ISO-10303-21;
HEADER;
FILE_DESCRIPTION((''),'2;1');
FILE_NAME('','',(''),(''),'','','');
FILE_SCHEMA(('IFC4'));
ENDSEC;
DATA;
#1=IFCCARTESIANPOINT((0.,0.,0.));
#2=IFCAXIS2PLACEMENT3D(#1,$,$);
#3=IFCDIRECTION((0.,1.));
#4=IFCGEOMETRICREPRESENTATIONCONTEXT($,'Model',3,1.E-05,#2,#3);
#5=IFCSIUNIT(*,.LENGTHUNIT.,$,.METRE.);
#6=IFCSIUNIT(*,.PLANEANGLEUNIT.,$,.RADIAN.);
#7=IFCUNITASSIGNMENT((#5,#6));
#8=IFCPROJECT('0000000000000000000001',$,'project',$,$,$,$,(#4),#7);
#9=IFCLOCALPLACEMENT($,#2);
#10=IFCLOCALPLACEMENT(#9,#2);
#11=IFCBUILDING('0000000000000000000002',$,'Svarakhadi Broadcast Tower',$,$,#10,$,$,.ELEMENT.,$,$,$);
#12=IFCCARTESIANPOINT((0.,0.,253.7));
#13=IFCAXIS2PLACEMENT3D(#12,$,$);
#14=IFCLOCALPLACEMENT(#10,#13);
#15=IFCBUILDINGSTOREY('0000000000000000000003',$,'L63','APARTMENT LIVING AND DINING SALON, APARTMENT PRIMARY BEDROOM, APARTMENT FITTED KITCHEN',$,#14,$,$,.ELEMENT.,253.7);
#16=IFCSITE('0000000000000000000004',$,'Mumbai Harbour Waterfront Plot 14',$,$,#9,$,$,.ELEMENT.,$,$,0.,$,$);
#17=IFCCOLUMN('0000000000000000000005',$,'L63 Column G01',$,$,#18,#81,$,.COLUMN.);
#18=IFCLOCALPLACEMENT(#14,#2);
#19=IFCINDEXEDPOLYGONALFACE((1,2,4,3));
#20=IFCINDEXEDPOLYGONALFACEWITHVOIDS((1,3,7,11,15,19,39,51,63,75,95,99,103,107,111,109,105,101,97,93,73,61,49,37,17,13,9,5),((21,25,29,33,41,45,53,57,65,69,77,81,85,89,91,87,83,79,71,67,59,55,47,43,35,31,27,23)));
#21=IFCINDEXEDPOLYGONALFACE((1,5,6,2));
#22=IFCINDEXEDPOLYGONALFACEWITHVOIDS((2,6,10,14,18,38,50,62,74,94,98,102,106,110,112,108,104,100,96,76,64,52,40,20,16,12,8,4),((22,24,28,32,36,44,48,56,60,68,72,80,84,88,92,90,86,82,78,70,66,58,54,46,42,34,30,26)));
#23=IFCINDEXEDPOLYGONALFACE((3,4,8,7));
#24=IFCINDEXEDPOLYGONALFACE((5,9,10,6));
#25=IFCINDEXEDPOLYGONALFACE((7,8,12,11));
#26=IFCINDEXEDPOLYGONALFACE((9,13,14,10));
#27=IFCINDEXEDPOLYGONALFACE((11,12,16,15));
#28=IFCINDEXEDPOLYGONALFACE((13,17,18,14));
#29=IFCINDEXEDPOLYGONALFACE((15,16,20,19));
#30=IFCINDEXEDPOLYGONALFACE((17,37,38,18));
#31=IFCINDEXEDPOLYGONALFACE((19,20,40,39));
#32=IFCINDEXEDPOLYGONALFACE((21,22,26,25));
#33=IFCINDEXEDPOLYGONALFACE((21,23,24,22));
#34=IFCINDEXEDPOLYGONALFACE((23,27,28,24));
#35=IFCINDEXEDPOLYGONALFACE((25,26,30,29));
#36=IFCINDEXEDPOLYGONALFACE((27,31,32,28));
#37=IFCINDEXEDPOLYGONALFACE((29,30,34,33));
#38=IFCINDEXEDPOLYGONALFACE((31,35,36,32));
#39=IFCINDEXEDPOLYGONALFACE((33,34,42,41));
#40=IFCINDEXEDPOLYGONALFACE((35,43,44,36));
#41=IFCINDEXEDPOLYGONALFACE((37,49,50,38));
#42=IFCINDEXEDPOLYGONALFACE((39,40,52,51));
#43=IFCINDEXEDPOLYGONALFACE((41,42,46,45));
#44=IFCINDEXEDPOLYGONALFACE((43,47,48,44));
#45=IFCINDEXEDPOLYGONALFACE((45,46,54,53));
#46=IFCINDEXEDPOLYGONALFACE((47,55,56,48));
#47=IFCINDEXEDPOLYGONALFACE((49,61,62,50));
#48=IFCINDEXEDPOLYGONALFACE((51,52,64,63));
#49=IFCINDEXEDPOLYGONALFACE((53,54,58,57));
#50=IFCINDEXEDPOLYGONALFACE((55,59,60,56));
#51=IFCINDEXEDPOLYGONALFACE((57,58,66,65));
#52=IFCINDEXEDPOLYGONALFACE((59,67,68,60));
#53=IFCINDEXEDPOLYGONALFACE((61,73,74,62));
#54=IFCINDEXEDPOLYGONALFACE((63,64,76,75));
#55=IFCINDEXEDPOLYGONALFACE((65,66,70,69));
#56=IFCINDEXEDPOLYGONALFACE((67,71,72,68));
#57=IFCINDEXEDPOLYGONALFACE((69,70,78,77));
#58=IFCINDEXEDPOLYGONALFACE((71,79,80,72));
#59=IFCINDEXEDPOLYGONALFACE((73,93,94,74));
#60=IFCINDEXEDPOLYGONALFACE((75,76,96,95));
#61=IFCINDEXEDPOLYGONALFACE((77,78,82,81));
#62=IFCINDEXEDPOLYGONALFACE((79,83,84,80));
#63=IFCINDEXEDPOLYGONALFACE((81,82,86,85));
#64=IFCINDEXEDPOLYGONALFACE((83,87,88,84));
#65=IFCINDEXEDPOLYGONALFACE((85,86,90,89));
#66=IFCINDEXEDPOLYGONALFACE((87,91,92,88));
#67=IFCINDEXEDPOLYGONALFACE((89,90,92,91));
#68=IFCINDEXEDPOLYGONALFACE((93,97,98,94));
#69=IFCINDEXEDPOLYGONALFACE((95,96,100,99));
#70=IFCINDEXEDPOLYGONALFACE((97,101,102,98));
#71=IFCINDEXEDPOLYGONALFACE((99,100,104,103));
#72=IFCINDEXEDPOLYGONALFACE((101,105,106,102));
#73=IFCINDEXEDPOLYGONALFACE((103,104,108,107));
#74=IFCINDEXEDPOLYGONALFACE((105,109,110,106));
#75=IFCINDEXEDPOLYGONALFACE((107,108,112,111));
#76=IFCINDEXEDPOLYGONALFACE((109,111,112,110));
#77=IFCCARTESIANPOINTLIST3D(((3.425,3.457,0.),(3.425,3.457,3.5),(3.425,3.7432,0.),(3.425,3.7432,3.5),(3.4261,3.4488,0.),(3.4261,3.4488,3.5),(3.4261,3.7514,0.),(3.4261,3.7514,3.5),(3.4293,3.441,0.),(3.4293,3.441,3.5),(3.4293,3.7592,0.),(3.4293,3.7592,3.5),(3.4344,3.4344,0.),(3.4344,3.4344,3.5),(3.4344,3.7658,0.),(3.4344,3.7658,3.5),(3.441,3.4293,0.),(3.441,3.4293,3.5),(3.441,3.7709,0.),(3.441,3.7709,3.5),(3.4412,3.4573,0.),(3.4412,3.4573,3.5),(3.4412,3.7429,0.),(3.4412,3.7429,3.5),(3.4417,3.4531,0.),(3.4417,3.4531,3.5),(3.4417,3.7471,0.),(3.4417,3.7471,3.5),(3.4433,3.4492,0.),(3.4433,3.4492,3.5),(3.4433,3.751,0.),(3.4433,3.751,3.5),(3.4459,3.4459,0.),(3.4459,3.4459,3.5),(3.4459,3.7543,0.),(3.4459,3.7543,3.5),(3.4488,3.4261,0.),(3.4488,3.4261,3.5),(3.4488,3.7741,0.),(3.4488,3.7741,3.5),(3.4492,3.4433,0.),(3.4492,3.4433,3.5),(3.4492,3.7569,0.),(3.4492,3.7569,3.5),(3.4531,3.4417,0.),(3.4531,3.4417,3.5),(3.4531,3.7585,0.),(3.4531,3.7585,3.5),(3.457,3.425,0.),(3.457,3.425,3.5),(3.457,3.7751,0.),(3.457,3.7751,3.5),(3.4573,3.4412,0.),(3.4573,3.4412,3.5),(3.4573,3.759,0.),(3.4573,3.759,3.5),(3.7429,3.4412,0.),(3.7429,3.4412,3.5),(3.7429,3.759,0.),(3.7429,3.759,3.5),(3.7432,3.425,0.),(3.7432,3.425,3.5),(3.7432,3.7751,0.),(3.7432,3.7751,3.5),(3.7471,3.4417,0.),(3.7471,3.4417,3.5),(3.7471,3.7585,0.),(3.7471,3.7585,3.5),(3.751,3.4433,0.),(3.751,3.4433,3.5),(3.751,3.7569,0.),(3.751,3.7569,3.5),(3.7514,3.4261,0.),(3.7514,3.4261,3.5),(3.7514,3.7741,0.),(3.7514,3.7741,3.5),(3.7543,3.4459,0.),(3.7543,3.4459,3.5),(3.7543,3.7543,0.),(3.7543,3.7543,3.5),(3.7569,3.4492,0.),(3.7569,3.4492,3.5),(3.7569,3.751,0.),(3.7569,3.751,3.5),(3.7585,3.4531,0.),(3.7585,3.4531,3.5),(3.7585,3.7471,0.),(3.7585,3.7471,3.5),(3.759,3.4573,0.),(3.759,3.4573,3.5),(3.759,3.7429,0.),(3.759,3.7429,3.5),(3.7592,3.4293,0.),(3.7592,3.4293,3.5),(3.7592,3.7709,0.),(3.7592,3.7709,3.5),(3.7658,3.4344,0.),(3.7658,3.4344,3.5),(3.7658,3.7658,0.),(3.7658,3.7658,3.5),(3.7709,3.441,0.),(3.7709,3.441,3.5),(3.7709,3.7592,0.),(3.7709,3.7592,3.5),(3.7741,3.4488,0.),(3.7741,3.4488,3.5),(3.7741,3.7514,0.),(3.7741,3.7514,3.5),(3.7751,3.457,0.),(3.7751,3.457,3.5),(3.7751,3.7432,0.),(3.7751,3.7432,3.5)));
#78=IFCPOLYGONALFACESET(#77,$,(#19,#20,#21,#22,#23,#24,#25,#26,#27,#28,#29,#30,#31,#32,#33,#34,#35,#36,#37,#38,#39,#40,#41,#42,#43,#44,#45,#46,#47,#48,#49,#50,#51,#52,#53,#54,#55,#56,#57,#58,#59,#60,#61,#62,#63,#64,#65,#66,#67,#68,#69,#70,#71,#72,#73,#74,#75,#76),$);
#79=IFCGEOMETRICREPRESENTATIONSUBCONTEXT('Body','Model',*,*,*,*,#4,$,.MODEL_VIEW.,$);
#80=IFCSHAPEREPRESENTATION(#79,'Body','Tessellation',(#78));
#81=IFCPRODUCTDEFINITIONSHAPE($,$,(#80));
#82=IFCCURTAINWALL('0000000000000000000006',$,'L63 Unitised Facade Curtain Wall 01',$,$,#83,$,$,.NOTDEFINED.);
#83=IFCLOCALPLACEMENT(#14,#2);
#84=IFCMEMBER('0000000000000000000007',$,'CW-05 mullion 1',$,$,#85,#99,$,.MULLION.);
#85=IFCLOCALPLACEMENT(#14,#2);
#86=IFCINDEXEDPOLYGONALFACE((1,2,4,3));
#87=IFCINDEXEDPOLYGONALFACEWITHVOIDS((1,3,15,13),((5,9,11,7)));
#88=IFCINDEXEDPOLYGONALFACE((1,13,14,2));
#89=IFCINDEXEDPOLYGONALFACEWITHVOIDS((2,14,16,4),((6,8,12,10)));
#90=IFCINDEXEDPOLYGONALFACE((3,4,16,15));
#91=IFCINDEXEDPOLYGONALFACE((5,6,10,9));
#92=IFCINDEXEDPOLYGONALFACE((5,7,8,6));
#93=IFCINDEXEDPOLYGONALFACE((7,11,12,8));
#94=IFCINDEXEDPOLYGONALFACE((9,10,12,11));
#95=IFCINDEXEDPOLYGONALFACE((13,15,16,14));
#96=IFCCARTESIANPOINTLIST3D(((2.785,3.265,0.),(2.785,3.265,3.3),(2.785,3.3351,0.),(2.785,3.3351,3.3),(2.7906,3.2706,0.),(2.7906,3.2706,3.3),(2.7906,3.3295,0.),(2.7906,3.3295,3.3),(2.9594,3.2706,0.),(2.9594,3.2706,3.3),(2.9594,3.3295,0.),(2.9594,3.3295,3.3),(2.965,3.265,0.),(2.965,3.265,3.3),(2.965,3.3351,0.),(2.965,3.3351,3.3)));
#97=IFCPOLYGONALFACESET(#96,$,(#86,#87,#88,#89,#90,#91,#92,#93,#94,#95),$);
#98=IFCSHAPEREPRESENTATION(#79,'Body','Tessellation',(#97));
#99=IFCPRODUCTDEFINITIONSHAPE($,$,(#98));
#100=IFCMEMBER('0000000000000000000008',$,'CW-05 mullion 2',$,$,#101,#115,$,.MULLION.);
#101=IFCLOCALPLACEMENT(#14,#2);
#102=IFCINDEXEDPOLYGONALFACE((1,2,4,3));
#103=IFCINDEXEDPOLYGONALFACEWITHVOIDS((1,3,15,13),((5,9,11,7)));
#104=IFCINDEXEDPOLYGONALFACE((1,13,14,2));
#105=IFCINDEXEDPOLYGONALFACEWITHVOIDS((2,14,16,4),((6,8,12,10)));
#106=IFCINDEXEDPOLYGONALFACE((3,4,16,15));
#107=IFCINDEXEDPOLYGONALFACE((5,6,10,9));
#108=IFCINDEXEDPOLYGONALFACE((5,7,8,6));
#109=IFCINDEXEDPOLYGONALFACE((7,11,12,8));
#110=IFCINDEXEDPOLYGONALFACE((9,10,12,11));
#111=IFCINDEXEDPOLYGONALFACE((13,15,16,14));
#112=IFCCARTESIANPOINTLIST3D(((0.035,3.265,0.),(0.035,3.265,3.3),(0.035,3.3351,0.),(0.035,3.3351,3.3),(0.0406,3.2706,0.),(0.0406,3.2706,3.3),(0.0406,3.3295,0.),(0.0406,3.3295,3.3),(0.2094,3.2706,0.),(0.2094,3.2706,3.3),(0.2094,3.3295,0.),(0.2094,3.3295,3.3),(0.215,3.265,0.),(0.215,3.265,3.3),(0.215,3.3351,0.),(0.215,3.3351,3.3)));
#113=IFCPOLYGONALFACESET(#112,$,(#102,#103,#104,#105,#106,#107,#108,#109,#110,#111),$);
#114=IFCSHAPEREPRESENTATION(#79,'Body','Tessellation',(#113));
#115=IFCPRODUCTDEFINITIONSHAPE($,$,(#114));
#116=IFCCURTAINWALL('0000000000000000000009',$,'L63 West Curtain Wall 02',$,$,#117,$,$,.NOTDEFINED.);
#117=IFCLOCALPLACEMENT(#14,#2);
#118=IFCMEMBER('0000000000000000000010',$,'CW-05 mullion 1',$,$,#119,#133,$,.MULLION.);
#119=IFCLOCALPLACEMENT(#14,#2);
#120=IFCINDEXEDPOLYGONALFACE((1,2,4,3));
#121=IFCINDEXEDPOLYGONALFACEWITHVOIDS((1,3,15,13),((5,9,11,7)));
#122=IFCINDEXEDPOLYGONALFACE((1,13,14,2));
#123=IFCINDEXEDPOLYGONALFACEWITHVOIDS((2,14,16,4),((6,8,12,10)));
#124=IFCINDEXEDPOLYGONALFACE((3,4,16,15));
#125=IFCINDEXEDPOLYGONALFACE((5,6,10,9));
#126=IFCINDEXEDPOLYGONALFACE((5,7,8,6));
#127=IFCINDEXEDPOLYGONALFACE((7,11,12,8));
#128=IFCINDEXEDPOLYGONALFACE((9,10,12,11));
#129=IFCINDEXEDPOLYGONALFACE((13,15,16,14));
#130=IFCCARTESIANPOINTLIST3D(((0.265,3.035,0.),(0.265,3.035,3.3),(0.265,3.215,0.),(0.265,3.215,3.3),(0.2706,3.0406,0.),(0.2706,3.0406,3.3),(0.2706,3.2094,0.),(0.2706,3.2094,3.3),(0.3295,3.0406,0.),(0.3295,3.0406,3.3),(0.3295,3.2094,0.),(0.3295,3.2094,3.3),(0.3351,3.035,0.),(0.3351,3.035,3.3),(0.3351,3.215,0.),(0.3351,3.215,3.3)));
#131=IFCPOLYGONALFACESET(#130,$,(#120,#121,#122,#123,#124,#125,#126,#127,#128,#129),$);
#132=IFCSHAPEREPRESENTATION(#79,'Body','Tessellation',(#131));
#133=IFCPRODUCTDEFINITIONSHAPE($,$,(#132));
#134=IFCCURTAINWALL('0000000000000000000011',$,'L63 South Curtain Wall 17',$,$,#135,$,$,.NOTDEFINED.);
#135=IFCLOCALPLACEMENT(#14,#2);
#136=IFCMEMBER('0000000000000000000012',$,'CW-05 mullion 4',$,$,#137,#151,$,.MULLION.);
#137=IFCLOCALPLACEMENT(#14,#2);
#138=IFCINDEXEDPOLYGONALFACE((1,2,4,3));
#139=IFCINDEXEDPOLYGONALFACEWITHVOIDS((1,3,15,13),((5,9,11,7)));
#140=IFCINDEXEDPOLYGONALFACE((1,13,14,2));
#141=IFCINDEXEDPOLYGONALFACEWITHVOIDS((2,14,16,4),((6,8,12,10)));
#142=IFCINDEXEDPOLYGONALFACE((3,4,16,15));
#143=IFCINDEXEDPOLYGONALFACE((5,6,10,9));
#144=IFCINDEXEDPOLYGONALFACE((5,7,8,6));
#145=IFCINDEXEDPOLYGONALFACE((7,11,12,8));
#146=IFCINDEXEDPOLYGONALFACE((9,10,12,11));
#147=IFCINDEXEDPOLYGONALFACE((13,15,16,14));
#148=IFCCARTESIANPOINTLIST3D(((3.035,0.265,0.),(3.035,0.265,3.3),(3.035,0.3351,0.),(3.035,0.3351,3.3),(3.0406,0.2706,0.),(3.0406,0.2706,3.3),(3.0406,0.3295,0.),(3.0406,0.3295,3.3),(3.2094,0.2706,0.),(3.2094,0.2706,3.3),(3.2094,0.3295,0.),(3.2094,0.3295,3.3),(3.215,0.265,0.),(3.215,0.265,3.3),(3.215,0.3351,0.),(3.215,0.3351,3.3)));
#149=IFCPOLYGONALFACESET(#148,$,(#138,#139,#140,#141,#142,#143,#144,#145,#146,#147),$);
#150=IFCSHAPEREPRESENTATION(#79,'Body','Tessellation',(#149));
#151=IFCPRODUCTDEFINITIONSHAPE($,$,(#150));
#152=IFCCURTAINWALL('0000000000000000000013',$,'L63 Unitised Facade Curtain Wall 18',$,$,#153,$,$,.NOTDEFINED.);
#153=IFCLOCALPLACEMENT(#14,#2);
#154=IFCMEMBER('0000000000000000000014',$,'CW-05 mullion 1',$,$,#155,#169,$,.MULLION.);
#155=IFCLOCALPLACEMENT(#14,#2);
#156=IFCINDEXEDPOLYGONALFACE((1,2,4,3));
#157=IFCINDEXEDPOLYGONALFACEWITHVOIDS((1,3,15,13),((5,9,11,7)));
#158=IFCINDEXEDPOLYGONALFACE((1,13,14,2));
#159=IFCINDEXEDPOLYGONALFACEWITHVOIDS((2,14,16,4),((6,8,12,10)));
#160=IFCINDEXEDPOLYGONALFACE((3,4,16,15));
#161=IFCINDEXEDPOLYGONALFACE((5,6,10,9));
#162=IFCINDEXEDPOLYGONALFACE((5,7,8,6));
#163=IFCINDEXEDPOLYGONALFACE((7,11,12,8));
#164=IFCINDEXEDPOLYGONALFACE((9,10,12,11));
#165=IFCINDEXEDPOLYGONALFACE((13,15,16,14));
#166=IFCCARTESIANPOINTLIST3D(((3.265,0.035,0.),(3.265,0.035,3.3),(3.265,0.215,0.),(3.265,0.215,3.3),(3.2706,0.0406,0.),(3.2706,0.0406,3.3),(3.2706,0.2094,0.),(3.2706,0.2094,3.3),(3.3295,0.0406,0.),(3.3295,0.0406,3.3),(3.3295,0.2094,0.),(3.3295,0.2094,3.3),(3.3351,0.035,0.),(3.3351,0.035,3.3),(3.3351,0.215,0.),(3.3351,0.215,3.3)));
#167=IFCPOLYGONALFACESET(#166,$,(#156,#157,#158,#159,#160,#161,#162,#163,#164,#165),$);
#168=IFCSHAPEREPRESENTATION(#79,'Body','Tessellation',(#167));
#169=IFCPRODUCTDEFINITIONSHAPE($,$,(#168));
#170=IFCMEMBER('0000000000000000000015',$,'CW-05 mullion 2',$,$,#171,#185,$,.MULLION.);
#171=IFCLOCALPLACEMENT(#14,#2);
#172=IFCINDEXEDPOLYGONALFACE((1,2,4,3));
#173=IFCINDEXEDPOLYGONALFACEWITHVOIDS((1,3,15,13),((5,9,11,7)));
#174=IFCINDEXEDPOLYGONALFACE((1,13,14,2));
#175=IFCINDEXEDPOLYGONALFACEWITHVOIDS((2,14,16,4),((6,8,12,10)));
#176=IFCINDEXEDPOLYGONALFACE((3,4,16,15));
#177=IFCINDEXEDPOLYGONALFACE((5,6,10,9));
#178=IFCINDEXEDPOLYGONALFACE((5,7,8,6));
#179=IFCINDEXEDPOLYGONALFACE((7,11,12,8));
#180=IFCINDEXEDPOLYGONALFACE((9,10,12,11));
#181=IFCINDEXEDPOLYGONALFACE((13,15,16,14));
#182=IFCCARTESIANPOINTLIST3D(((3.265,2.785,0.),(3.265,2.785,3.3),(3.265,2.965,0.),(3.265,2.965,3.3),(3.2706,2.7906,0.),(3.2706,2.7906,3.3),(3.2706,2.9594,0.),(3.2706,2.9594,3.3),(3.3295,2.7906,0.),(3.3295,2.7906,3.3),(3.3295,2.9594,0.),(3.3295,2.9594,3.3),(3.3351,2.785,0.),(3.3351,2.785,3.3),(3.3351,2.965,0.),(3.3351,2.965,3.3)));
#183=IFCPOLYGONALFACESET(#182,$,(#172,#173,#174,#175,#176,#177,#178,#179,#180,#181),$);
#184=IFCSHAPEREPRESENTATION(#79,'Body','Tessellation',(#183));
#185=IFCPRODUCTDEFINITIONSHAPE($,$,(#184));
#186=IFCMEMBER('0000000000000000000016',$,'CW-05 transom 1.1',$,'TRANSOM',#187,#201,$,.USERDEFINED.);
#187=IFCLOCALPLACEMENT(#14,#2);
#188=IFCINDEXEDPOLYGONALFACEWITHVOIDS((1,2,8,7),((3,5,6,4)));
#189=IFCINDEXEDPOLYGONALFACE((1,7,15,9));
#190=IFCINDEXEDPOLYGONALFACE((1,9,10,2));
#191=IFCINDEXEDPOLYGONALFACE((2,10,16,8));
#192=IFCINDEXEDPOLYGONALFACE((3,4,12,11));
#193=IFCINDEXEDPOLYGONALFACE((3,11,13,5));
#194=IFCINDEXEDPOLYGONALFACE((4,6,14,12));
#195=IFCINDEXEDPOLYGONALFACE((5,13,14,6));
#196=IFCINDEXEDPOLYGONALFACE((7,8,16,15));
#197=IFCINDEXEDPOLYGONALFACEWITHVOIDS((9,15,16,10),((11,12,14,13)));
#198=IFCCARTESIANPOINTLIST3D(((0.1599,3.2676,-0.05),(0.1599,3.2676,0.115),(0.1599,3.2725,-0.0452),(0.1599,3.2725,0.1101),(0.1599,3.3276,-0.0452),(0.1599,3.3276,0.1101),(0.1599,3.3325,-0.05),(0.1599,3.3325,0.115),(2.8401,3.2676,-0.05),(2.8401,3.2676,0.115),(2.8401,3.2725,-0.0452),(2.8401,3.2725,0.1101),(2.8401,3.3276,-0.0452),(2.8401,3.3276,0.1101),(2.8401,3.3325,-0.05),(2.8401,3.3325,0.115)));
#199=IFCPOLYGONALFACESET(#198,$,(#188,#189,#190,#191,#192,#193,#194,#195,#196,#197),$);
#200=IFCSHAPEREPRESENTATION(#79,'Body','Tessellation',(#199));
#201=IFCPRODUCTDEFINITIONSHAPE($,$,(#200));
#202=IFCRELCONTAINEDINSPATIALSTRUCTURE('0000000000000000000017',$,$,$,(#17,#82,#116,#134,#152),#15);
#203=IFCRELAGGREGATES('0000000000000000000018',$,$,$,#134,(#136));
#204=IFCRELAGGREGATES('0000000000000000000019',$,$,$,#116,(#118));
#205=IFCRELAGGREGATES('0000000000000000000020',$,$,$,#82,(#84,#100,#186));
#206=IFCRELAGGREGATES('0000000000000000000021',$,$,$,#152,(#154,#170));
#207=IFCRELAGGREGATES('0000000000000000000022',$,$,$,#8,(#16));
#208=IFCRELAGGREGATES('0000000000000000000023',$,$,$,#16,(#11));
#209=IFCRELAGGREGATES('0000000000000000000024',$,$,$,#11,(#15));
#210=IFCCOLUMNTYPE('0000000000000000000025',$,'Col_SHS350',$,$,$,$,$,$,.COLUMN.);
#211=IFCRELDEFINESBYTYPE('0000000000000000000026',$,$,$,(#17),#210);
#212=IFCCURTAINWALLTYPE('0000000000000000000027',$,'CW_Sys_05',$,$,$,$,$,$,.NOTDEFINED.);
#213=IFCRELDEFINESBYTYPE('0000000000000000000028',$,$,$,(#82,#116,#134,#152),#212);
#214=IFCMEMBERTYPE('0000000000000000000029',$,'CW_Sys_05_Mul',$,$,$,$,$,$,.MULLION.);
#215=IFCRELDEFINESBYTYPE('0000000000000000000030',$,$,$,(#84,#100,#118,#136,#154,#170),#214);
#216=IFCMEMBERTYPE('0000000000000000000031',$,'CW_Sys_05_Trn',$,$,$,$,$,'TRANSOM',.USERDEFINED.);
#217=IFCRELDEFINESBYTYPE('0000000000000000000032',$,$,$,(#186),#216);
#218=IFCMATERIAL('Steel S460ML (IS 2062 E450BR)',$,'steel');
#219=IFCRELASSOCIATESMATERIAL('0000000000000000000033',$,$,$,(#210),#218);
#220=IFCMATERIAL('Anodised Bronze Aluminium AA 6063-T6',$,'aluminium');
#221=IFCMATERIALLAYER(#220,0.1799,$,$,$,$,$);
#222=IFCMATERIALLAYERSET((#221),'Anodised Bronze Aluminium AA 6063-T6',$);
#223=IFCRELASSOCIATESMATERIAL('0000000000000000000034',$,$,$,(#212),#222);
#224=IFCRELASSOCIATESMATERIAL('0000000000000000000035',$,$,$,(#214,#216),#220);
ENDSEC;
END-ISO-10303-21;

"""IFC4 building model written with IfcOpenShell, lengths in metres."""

from ifc_helpers import new_model, si_unit, direction, frame, origin, origin_2d, place, context, subcontext, project, spatial, hollow_rectangle, extrude, material, layer, layer_set, material_profile, profile_set, type_object, element, aggregate, save


model = new_model("IFC4")

# Units and contexts
model_context = context("Model", 3, precision=1e-05, world=origin(), true_north=direction((0.0, 1.0)))
body_context = subcontext(model_context, "Body", "Model", "MODEL_VIEW")
ifc_project = project(units=[si_unit("LENGTHUNIT", "METRE"), si_unit("PLANEANGLEUNIT", "RADIAN")], contexts=[model_context])

# Site, building, storey
site_placement = place(None, origin())
site = spatial("IfcSite", under=ifc_project, at=site_placement, Name="Mumbai Harbour Waterfront Plot 14", CompositionType="ELEMENT", RefElevation=0.0)
building_placement = place(site_placement, origin())
building = spatial("IfcBuilding", under=site, at=building_placement, Name="Svarakhadi Broadcast Tower", CompositionType="ELEMENT")
storey_placement = place(building_placement, frame((0.0, 0.0, 253.7)))
storey = spatial("IfcBuildingStorey", under=building, at=storey_placement, Name="L63", Description="APARTMENT LIVING AND DINING SALON, APARTMENT PRIMARY BEDROOM, APARTMENT FITTED KITCHEN", CompositionType="ELEMENT", Elevation=253.7)

# Column
ifc_material_1 = material(Name="Steel S460ML (IS 2062 E450BR)", Category="steel")
ifc_material_profile_1 = material_profile(ifc_material_1, hollow_rectangle(XDim=0.3501, YDim=0.3501, WallThickness=0.0161, InnerFilletRadius=0.0161, OuterFilletRadius=0.032, at=origin_2d()), Name="SHS 350x350x16")
ifc_profile_set_1 = profile_set([ifc_material_profile_1], Name="Steel S460ML (IS 2062 E450BR)")
column_type = type_object("IfcColumnType", Name="Col_SHS350", PredefinedType="COLUMN", material=ifc_profile_set_1)
column_placement = place(storey_placement, frame((3.6001, 3.6001, 0.0), z_axis=(0.0, 0.0, 1.0), x_axis=(1.0, 0.0, 0.0)))
element("IfcColumn", 1, at=column_placement, inside=storey, type_object=column_type, Name="L63 Column G01", PredefinedType="COLUMN", context=body_context, shape_type="SweptSolid", body=[
    extrude(hollow_rectangle(XDim=0.3501, YDim=0.3501, WallThickness=0.0161, InnerFilletRadius=0.0161, OuterFilletRadius=0.032, at=origin_2d()), origin(), (0.0, 0.0, 1.0), 3.5),
])

# Curtain wall, members
ifc_material_2 = material(Name="Anodised Bronze Aluminium AA 6063-T6", Category="aluminium")
ifc_layer_1 = layer(ifc_material_2, 0.1799)
ifc_layer_set_1 = layer_set([ifc_layer_1], Name="Anodised Bronze Aluminium AA 6063-T6")
curtain_wall_type = type_object("IfcCurtainWallType", Name="CW_Sys_05", PredefinedType="NOTDEFINED", material=ifc_layer_set_1)
curtain_wall_1_placement = place(storey_placement, origin())
curtain_wall_1 = element("IfcCurtainWall", 2, at=curtain_wall_1_placement, inside=storey, type_object=curtain_wall_type, Name="L63 Unitised Facade Curtain Wall 01", PredefinedType="NOTDEFINED")
ifc_material_profile_2 = material_profile(ifc_material_2, hollow_rectangle(XDim=0.0701, YDim=0.1799, WallThickness=0.0056, at=origin_2d()), Name="ALU MULLION 180x70x6")
ifc_profile_set_2 = profile_set([ifc_material_profile_2], Name="Anodised Bronze Aluminium AA 6063-T6")
member_type_1 = type_object("IfcMemberType", Name="CW_Sys_05_Mul", PredefinedType="MULLION", material=ifc_profile_set_2)
member_1_placement = place(storey_placement, frame((2.875, 3.3, 0.0), z_axis=(0.0, 0.0, 1.0), x_axis=(0.0, -1.0, 0.0)))
member_1 = element("IfcMember", 3, at=member_1_placement, type_object=member_type_1, Name="CW-05 mullion 1", PredefinedType="MULLION", context=body_context, shape_type="SweptSolid", body=[
    extrude(hollow_rectangle(XDim=0.0701, YDim=0.1799, WallThickness=0.0056, at=origin_2d()), origin(), (0.0, 0.0, 1.0), 3.3),
])
member_2_placement = place(storey_placement, frame((0.125, 3.3, 0.0), z_axis=(0.0, 0.0, 1.0), x_axis=(0.0, -1.0, 0.0)))
member_2 = element("IfcMember", 4, at=member_2_placement, type_object=member_type_1, Name="CW-05 mullion 2", PredefinedType="MULLION", context=body_context, shape_type="SweptSolid", body=[
    extrude(hollow_rectangle(XDim=0.0701, YDim=0.1799, WallThickness=0.0056, at=origin_2d()), origin(), (0.0, 0.0, 1.0), 3.3),
])

# Curtain walls, members
curtain_wall_2_placement = place(storey_placement, origin())
curtain_wall_2 = element("IfcCurtainWall", 5, at=curtain_wall_2_placement, inside=storey, type_object=curtain_wall_type, Name="L63 West Curtain Wall 02", PredefinedType="NOTDEFINED")
member_3_placement = place(storey_placement, frame((0.3, 3.125, 0.0), z_axis=(0.0, 0.0, 1.0), x_axis=(-1.0, 0.0, 0.0)))
member_3 = element("IfcMember", 6, at=member_3_placement, type_object=member_type_1, Name="CW-05 mullion 1", PredefinedType="MULLION", context=body_context, shape_type="SweptSolid", body=[
    extrude(hollow_rectangle(XDim=0.0701, YDim=0.1799, WallThickness=0.0056, at=origin_2d()), origin(), (0.0, 0.0, 1.0), 3.3),
])
curtain_wall_3_placement = place(storey_placement, origin())
curtain_wall_3 = element("IfcCurtainWall", 7, at=curtain_wall_3_placement, inside=storey, type_object=curtain_wall_type, Name="L63 South Curtain Wall 17", PredefinedType="NOTDEFINED")
member_4_placement = place(storey_placement, frame((3.125, 0.3, 0.0), z_axis=(0.0, 0.0, 1.0), x_axis=(0.0, -1.0, 0.0)))
member_4 = element("IfcMember", 8, at=member_4_placement, type_object=member_type_1, Name="CW-05 mullion 4", PredefinedType="MULLION", context=body_context, shape_type="SweptSolid", body=[
    extrude(hollow_rectangle(XDim=0.0701, YDim=0.1799, WallThickness=0.0056, at=origin_2d()), origin(), (0.0, 0.0, 1.0), 3.3),
])
aggregate(curtain_wall_3, [member_4])

# Curtain wall, members
curtain_wall_4_placement = place(storey_placement, origin())
curtain_wall_4 = element("IfcCurtainWall", 9, at=curtain_wall_4_placement, inside=storey, type_object=curtain_wall_type, Name="L63 Unitised Facade Curtain Wall 18", PredefinedType="NOTDEFINED")
member_5_placement = place(storey_placement, frame((3.3, 0.125, 0.0), z_axis=(0.0, 0.0, 1.0), x_axis=(-1.0, 0.0, 0.0)))
member_5 = element("IfcMember", 10, at=member_5_placement, type_object=member_type_1, Name="CW-05 mullion 1", PredefinedType="MULLION", context=body_context, shape_type="SweptSolid", body=[
    extrude(hollow_rectangle(XDim=0.0701, YDim=0.1799, WallThickness=0.0056, at=origin_2d()), origin(), (0.0, 0.0, 1.0), 3.3),
])
member_6_placement = place(storey_placement, frame((3.3, 2.875, 0.0), z_axis=(0.0, 0.0, 1.0), x_axis=(-1.0, 0.0, 0.0)))
member_6 = element("IfcMember", 11, at=member_6_placement, type_object=member_type_1, Name="CW-05 mullion 2", PredefinedType="MULLION", context=body_context, shape_type="SweptSolid", body=[
    extrude(hollow_rectangle(XDim=0.0701, YDim=0.1799, WallThickness=0.0056, at=origin_2d()), origin(), (0.0, 0.0, 1.0), 3.3),
])

# Member
ifc_material_profile_3 = material_profile(ifc_material_2, hollow_rectangle(XDim=0.0649, YDim=0.165, WallThickness=0.0049, at=origin_2d()), Name="ALU TRANSOM 165x65x5")
ifc_profile_set_3 = profile_set([ifc_material_profile_3], Name="Anodised Bronze Aluminium AA 6063-T6")
member_type_2 = type_object("IfcMemberType", Name="CW_Sys_05_Trn", ElementType="TRANSOM", PredefinedType="USERDEFINED", material=ifc_profile_set_3)
member_7_placement = place(storey_placement, frame((2.8401, 3.3, 0.0325), z_axis=(-1.0, 0.0, 0.0), x_axis=(0.0, -1.0, 0.0)))
member_7 = element("IfcMember", 12, at=member_7_placement, type_object=member_type_2, Name="CW-05 transom 1.1", ObjectType="TRANSOM", PredefinedType="USERDEFINED", context=body_context, shape_type="SweptSolid", body=[
    extrude(hollow_rectangle(XDim=0.0649, YDim=0.165, WallThickness=0.0049, at=origin_2d()), origin(), (0.0, 0.0, 1.0), 2.6802),
])
aggregate(curtain_wall_2, [member_3])

aggregate(curtain_wall_1, [member_1, member_2, member_7])
aggregate(curtain_wall_4, [member_5, member_6])

save(model, "model.ifc")
